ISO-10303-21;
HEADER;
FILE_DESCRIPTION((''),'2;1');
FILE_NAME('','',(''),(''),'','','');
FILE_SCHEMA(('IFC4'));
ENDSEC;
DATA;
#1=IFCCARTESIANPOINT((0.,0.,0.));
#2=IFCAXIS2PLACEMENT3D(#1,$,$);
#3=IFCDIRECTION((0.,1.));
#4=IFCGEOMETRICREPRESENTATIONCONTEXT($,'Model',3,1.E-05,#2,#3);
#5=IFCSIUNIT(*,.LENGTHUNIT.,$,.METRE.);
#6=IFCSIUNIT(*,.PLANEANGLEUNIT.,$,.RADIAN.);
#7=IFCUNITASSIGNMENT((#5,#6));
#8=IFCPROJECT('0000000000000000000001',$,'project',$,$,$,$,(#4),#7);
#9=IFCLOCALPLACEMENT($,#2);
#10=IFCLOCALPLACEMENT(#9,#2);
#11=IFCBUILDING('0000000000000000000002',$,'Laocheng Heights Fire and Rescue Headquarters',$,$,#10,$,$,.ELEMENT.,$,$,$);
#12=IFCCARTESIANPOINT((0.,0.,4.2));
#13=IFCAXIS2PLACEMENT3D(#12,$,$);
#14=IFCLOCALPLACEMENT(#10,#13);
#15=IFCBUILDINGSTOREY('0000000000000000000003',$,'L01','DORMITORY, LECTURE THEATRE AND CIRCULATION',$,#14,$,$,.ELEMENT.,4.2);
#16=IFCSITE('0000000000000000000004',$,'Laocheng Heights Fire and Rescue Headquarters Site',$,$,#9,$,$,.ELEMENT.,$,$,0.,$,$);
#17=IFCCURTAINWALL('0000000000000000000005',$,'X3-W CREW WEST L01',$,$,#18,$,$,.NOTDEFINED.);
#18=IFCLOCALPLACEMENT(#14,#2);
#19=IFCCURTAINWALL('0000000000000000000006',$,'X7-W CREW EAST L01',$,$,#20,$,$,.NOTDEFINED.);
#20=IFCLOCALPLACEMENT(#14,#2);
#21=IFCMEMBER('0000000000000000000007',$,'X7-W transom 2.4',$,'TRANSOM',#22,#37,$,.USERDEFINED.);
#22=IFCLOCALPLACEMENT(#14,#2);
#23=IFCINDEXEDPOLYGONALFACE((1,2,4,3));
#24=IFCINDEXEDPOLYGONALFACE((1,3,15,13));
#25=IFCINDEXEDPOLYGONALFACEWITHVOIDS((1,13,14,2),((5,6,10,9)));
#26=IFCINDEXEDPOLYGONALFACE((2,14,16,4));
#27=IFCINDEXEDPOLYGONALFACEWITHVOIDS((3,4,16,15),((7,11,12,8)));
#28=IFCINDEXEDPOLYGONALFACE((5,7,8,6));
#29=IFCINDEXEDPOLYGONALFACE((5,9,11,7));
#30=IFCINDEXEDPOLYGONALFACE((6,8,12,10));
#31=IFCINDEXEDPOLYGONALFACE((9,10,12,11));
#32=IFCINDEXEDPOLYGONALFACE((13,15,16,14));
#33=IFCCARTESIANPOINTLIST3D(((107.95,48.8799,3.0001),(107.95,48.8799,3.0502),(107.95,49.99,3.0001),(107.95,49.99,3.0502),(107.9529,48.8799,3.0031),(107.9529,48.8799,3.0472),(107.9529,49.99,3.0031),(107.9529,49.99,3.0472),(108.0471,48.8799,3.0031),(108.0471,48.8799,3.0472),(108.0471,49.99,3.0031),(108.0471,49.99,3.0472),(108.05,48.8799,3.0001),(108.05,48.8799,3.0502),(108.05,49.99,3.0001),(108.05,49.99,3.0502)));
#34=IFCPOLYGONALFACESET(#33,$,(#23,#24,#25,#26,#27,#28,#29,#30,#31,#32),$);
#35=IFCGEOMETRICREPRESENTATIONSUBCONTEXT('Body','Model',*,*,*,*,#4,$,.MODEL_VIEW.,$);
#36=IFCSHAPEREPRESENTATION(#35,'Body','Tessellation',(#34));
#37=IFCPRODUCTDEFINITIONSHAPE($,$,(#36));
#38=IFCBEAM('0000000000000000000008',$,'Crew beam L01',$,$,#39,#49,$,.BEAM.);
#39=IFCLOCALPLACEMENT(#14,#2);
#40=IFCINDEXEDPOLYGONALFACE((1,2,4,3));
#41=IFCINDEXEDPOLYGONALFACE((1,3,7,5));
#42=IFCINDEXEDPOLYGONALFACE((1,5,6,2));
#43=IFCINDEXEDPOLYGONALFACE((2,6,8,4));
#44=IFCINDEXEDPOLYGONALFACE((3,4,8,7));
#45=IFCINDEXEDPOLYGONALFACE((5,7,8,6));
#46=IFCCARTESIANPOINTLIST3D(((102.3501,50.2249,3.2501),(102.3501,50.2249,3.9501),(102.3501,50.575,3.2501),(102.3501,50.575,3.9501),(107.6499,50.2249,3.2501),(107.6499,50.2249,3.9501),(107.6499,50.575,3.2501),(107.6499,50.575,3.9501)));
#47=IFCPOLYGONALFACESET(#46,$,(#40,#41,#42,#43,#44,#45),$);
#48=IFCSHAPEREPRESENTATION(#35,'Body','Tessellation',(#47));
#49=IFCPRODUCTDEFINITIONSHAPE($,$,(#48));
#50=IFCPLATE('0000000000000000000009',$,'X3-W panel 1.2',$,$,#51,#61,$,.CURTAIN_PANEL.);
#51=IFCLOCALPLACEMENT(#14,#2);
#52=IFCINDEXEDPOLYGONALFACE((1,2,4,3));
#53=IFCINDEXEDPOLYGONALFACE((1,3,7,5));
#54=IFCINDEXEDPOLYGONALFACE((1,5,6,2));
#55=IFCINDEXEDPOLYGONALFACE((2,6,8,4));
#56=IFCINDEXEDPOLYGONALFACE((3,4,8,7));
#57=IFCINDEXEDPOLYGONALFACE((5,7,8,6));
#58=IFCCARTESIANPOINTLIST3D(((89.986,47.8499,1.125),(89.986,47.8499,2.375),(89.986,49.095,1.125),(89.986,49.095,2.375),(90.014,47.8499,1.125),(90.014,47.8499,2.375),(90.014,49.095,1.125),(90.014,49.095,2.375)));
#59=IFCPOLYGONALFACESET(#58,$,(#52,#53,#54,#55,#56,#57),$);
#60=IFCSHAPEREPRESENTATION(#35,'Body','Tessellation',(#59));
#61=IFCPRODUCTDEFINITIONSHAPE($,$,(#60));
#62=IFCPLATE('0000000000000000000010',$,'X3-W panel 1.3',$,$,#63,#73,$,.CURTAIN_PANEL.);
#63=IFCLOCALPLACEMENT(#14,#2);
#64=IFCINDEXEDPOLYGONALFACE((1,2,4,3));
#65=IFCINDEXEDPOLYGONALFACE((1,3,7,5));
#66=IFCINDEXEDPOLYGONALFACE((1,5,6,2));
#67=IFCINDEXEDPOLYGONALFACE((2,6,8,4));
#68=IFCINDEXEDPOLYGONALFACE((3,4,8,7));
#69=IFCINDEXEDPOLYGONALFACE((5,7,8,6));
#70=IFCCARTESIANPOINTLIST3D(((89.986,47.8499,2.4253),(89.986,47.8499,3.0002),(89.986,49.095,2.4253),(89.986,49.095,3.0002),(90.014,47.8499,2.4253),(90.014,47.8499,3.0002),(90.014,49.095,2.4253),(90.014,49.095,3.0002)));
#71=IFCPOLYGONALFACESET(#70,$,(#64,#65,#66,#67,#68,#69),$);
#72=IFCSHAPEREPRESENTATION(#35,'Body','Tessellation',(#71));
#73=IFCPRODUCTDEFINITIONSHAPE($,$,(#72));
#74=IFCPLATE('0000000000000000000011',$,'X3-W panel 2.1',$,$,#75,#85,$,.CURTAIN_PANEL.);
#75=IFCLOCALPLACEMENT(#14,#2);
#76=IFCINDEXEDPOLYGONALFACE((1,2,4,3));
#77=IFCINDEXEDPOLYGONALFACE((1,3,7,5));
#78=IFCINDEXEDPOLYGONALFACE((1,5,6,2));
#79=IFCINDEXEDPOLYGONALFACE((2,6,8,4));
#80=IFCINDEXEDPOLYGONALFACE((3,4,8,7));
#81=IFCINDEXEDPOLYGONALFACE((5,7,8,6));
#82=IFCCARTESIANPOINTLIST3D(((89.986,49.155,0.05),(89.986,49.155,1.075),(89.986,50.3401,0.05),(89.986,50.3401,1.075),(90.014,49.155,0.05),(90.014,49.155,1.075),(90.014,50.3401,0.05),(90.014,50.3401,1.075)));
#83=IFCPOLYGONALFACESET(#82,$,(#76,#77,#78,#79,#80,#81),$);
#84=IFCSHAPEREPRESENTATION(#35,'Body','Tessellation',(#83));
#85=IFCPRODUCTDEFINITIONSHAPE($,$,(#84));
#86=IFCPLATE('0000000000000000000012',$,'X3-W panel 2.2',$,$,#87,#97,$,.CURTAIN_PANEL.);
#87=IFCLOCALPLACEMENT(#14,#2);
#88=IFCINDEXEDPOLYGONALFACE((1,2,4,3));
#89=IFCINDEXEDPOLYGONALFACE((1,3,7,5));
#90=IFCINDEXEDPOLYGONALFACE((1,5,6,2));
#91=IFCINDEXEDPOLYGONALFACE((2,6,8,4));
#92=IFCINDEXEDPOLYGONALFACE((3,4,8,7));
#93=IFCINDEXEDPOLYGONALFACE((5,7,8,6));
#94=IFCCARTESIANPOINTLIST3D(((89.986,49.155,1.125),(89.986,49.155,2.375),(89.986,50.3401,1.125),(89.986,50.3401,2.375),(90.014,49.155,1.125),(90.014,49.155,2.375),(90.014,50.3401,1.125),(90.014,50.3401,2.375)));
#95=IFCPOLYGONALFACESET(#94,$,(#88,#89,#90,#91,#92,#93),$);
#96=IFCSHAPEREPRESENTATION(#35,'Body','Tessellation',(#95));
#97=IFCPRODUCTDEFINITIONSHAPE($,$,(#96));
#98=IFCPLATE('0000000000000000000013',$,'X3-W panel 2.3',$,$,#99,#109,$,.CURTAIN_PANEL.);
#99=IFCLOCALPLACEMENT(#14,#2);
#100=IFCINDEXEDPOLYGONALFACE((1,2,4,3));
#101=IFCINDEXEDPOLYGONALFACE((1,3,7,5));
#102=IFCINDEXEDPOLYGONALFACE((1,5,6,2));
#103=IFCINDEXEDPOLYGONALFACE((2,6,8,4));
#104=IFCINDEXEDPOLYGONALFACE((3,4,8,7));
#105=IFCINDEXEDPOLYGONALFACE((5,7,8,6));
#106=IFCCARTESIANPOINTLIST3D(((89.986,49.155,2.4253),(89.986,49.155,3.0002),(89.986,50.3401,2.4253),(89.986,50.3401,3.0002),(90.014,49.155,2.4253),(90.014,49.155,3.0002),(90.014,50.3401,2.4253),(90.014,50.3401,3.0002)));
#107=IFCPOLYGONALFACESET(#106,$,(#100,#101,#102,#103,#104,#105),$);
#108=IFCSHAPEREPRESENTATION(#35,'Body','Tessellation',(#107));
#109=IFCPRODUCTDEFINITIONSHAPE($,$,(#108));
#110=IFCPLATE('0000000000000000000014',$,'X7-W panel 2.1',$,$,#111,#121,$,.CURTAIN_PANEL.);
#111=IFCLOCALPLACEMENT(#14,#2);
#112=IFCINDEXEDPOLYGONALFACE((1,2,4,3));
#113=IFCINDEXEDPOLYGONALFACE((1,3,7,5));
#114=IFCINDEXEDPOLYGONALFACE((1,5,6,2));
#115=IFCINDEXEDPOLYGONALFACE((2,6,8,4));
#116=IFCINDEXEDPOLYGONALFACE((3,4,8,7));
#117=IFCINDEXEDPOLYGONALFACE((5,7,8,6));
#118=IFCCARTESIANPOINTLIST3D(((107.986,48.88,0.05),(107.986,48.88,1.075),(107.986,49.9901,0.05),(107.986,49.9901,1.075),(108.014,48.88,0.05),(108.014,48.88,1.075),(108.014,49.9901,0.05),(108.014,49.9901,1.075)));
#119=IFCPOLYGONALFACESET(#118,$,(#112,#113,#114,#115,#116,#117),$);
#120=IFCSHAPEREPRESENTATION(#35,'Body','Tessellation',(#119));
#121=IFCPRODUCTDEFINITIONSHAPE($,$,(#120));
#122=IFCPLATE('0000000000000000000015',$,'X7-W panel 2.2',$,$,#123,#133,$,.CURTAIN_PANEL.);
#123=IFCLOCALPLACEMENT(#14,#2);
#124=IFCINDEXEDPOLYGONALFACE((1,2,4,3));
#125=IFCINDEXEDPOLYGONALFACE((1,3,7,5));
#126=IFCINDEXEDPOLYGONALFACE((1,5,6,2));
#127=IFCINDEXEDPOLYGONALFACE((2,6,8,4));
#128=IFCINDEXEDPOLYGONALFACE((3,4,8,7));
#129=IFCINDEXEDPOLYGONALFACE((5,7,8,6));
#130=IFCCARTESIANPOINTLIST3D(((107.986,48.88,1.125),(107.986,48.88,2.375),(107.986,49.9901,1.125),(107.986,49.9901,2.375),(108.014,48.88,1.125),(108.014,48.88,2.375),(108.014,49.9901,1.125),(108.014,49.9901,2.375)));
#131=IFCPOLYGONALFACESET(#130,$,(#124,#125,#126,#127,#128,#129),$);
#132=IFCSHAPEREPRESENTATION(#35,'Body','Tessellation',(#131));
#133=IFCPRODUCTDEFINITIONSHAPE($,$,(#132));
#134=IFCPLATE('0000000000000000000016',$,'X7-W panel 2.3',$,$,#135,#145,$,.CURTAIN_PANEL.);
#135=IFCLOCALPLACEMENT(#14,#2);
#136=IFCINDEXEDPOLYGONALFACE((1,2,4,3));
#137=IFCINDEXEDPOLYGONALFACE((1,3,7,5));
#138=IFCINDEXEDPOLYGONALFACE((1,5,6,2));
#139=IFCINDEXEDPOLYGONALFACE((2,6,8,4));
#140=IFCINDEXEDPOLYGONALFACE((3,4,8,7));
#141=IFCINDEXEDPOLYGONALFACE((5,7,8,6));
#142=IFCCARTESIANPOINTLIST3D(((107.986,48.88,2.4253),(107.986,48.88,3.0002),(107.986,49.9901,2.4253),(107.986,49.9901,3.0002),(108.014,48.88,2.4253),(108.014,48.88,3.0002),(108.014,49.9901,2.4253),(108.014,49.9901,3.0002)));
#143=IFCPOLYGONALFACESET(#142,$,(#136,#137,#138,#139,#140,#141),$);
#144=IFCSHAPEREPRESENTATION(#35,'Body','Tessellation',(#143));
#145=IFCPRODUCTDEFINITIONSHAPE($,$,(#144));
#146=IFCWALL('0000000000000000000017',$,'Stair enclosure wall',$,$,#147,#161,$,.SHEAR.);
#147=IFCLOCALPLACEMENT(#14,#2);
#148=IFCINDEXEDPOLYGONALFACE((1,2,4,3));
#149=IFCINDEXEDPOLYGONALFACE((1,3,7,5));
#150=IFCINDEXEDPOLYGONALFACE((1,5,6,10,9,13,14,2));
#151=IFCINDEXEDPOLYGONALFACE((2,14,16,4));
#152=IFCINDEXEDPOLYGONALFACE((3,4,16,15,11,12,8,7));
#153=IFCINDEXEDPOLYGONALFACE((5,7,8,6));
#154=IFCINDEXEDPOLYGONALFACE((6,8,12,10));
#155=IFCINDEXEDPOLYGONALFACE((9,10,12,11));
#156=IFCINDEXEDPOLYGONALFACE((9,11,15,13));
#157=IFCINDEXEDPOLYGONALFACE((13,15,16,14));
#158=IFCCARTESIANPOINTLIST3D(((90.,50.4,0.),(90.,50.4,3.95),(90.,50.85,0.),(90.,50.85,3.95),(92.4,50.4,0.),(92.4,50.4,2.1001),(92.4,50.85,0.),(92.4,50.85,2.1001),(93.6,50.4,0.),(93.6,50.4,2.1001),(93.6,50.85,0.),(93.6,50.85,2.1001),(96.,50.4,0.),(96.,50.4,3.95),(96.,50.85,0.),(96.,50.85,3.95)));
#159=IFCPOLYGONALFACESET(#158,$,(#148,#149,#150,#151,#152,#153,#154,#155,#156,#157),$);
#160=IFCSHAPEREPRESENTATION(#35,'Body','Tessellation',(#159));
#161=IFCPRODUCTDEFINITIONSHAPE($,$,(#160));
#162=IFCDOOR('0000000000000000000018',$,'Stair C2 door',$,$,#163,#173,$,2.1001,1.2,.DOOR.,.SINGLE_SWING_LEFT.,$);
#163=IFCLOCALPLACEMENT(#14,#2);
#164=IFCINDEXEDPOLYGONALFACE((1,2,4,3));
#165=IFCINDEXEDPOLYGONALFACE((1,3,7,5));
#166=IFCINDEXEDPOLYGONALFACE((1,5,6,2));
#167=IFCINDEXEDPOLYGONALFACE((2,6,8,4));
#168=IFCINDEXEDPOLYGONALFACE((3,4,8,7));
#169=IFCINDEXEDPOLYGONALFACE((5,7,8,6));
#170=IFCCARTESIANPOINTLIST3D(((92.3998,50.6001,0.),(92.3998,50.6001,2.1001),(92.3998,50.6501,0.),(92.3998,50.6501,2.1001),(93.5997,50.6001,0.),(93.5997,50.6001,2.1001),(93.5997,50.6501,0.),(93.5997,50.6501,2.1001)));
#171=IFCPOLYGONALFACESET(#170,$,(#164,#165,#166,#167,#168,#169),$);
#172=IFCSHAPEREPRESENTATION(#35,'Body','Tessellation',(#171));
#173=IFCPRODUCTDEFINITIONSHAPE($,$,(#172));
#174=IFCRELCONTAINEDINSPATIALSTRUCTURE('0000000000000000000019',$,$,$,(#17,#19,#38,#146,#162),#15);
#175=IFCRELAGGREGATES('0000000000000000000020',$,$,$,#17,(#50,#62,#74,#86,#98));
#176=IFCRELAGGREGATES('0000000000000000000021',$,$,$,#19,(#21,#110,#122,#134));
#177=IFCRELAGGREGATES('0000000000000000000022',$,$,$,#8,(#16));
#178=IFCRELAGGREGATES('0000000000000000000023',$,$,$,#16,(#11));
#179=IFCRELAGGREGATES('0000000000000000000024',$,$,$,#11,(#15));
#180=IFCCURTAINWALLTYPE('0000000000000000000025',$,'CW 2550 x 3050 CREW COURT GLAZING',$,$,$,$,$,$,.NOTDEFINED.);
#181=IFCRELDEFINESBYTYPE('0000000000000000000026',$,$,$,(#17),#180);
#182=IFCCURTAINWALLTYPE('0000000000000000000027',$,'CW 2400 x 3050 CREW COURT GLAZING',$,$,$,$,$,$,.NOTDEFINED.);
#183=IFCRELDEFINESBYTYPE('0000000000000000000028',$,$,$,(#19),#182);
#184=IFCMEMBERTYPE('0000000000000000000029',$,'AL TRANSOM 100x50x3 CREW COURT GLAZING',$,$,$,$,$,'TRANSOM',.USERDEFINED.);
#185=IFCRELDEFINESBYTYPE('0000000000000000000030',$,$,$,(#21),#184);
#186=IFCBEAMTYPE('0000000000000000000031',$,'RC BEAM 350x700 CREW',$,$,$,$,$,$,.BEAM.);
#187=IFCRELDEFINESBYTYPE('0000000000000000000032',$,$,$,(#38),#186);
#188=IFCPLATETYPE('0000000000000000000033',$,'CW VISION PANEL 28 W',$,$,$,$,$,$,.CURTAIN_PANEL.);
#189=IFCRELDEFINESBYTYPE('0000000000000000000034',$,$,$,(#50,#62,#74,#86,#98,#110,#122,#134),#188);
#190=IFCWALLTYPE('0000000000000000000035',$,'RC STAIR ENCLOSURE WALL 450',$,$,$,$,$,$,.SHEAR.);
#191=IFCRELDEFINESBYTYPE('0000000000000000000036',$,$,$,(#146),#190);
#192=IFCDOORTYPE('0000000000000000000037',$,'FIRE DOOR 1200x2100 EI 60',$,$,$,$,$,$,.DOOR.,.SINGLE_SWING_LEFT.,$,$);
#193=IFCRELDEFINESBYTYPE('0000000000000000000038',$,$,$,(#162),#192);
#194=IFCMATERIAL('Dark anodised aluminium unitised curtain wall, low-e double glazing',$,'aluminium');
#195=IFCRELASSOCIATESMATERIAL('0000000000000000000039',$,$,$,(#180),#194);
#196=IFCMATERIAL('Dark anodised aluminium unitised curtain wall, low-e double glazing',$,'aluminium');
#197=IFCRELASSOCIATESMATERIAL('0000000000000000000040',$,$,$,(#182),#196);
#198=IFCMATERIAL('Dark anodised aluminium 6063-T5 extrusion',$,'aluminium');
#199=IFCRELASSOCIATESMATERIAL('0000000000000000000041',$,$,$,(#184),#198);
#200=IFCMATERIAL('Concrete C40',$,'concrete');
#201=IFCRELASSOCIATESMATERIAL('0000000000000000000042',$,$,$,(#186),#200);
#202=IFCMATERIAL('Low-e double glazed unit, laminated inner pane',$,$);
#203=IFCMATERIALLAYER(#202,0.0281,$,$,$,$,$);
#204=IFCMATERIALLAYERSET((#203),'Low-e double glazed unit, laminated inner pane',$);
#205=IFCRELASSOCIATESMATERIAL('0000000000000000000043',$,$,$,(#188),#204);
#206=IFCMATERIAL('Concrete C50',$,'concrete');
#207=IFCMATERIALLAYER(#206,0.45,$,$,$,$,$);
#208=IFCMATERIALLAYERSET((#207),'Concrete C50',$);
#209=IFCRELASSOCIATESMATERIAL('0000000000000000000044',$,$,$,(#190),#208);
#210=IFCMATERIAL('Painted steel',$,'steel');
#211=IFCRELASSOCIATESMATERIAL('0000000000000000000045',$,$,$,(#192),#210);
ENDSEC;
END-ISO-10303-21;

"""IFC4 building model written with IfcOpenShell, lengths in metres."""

from ifc_helpers import new_model, si_unit, direction, frame, frame_2d, origin, origin_2d, place, context, subcontext, project, spatial, rectangle, hollow_rectangle, extrude, material, layer, layer_set, material_profile, profile_set, type_object, element, fill, aggregate, save


model = new_model("IFC4")

# Units and contexts
model_context = context("Model", 3, precision=1e-05, world=origin(), true_north=direction((0.0, 1.0)))
body_context = subcontext(model_context, "Body", "Model", "MODEL_VIEW")
ifc_project = project(units=[si_unit("LENGTHUNIT", "METRE"), si_unit("PLANEANGLEUNIT", "RADIAN")], contexts=[model_context])

# Site, building, storey
site_placement = place(None, origin())
site = spatial("IfcSite", under=ifc_project, at=site_placement, Name="Laocheng Heights Fire and Rescue Headquarters Site", CompositionType="ELEMENT", RefElevation=0.0)
building_placement = place(site_placement, origin())
building = spatial("IfcBuilding", under=site, at=building_placement, Name="Laocheng Heights Fire and Rescue Headquarters", CompositionType="ELEMENT")
storey_placement = place(building_placement, frame((0.0, 0.0, 4.2)))
storey = spatial("IfcBuildingStorey", under=building, at=storey_placement, Name="L01", Description="DORMITORY, LECTURE THEATRE AND CIRCULATION", CompositionType="ELEMENT", Elevation=4.2)

# Curtain wall
ifc_material_1 = material(Name="Dark anodised aluminium unitised curtain wall, low-e double glazing", Category="aluminium")
curtain_wall_type_1 = type_object("IfcCurtainWallType", Name="CW 2550 x 3050 CREW COURT GLAZING", PredefinedType="NOTDEFINED", material=ifc_material_1)
curtain_wall_1_placement = place(storey_placement, origin())
curtain_wall_1 = element("IfcCurtainWall", 1, at=curtain_wall_1_placement, inside=storey, type_object=curtain_wall_type_1, Name="X3-W CREW WEST L01", PredefinedType="NOTDEFINED")

# Curtain wall
ifc_material_2 = material(Name="Dark anodised aluminium unitised curtain wall, low-e double glazing", Category="aluminium")
curtain_wall_type_2 = type_object("IfcCurtainWallType", Name="CW 2400 x 3050 CREW COURT GLAZING", PredefinedType="NOTDEFINED", material=ifc_material_2)
curtain_wall_2_placement = place(storey_placement, origin())
curtain_wall_2 = element("IfcCurtainWall", 2, at=curtain_wall_2_placement, inside=storey, type_object=curtain_wall_type_2, Name="X7-W CREW EAST L01", PredefinedType="NOTDEFINED")

# Member
ifc_material_3 = material(Name="Dark anodised aluminium 6063-T5 extrusion", Category="aluminium")
ifc_material_profile_1 = material_profile(ifc_material_3, hollow_rectangle(XDim=0.1001, YDim=0.05, WallThickness=0.0029, at=origin_2d()), Name="AL TRANSOM 100x50x3 CREW COURT GLAZING")
ifc_profile_set_1 = profile_set([ifc_material_profile_1], Name="Dark anodised aluminium 6063-T5 extrusion")
member_type_1 = type_object("IfcMemberType", Name="AL TRANSOM 100x50x3 CREW COURT GLAZING", ElementType="TRANSOM", PredefinedType="USERDEFINED", material=ifc_profile_set_1)
member_1_placement = place(storey_placement, frame((108.0, 48.8799, 3.0251), z_axis=(0.0, 1.0, 0.0), x_axis=(-1.0, 0.0, 0.0)))
member_1 = element("IfcMember", 3, at=member_1_placement, type_object=member_type_1, Name="X7-W transom 2.4", ObjectType="TRANSOM", PredefinedType="USERDEFINED", context=body_context, shape_type="SweptSolid", body=[
    extrude(hollow_rectangle(XDim=0.1001, YDim=0.05, WallThickness=0.0029, at=origin_2d()), origin(), (0.0, 0.0, 1.0), 1.1101),
])

# Beam
ifc_material_4 = material(Name="Concrete C40", Category="concrete")
ifc_material_profile_2 = material_profile(ifc_material_4, rectangle(XDim=0.3501, YDim=0.7, at=origin_2d()), Name="RC BEAM 350x700 CREW")
ifc_profile_set_2 = profile_set([ifc_material_profile_2], Name="Concrete C40")
beam_type = type_object("IfcBeamType", Name="RC BEAM 350x700 CREW", PredefinedType="BEAM", material=ifc_profile_set_2)
beam_placement = place(storey_placement, frame((102.3501, 50.3999, 3.6001), z_axis=(1.0, 0.0, 0.0), x_axis=(0.0, 1.0, 0.0)))
element("IfcBeam", 4, at=beam_placement, inside=storey, type_object=beam_type, Name="Crew beam L01", PredefinedType="BEAM", context=body_context, shape_type="SweptSolid", body=[
    extrude(rectangle(XDim=0.3501, YDim=0.7, at=origin_2d()), origin(), (0.0, 0.0, 1.0), 5.2998),
])

# Plates
ifc_material_5 = material(Name="Low-e double glazed unit, laminated inner pane")
ifc_layer_1 = layer(ifc_material_5, 0.0281)
ifc_layer_set_1 = layer_set([ifc_layer_1], Name="Low-e double glazed unit, laminated inner pane")
plate_type = type_object("IfcPlateType", Name="CW VISION PANEL 28 W", PredefinedType="CURTAIN_PANEL", material=ifc_layer_set_1)
plate_1_placement = place(storey_placement, frame((90.0, 48.4724, 1.125), z_axis=(0.0, 0.0, 1.0), x_axis=(0.0, 1.0, 0.0)))
plate_1 = element("IfcPlate", 5, at=plate_1_placement, type_object=plate_type, Name="X3-W panel 1.2", PredefinedType="CURTAIN_PANEL", context=body_context, shape_type="SweptSolid", body=[
    extrude(rectangle(XDim=1.2451, YDim=0.0281, at=origin_2d()), origin(), (0.0, 0.0, 1.0), 1.25),
])
plate_2_placement = place(storey_placement, frame((90.0, 48.4724, 2.4253), z_axis=(0.0, 0.0, 1.0), x_axis=(0.0, 1.0, 0.0)))
plate_2 = element("IfcPlate", 6, at=plate_2_placement, type_object=plate_type, Name="X3-W panel 1.3", PredefinedType="CURTAIN_PANEL", context=body_context, shape_type="SweptSolid", body=[
    extrude(rectangle(XDim=1.2451, YDim=0.0281, at=origin_2d()), origin(), (0.0, 0.0, 1.0), 0.575),
])
plate_3_placement = place(storey_placement, frame((90.0, 49.7476, 0.05), z_axis=(0.0, 0.0, 1.0), x_axis=(0.0, 1.0, 0.0)))
plate_3 = element("IfcPlate", 7, at=plate_3_placement, type_object=plate_type, Name="X3-W panel 2.1", PredefinedType="CURTAIN_PANEL", context=body_context, shape_type="SweptSolid", body=[
    extrude(rectangle(XDim=1.1851, YDim=0.0281, at=origin_2d()), origin(), (0.0, 0.0, 1.0), 1.0249),
])
plate_4_placement = place(storey_placement, frame((90.0, 49.7476, 1.125), z_axis=(0.0, 0.0, 1.0), x_axis=(0.0, 1.0, 0.0)))
plate_4 = element("IfcPlate", 8, at=plate_4_placement, type_object=plate_type, Name="X3-W panel 2.2", PredefinedType="CURTAIN_PANEL", context=body_context, shape_type="SweptSolid", body=[
    extrude(rectangle(XDim=1.1851, YDim=0.0281, at=origin_2d()), origin(), (0.0, 0.0, 1.0), 1.25),
])
plate_5_placement = place(storey_placement, frame((90.0, 49.7476, 2.4253), z_axis=(0.0, 0.0, 1.0), x_axis=(0.0, 1.0, 0.0)))
plate_5 = element("IfcPlate", 9, at=plate_5_placement, type_object=plate_type, Name="X3-W panel 2.3", PredefinedType="CURTAIN_PANEL", context=body_context, shape_type="SweptSolid", body=[
    extrude(rectangle(XDim=1.1851, YDim=0.0281, at=origin_2d()), origin(), (0.0, 0.0, 1.0), 0.575),
])
aggregate(curtain_wall_1, [plate_1, plate_2, plate_3, plate_4, plate_5])
plate_6_placement = place(storey_placement, frame((108.0, 49.4351, 0.05), z_axis=(0.0, 0.0, 1.0), x_axis=(0.0, 1.0, 0.0)))
plate_6 = element("IfcPlate", 10, at=plate_6_placement, type_object=plate_type, Name="X7-W panel 2.1", PredefinedType="CURTAIN_PANEL", context=body_context, shape_type="SweptSolid", body=[
    extrude(rectangle(XDim=1.1101, YDim=0.0281, at=origin_2d()), origin(), (0.0, 0.0, 1.0), 1.0249),
])
plate_7_placement = place(storey_placement, frame((108.0, 49.4351, 1.125), z_axis=(0.0, 0.0, 1.0), x_axis=(0.0, 1.0, 0.0)))
plate_7 = element("IfcPlate", 11, at=plate_7_placement, type_object=plate_type, Name="X7-W panel 2.2", PredefinedType="CURTAIN_PANEL", context=body_context, shape_type="SweptSolid", body=[
    extrude(rectangle(XDim=1.1101, YDim=0.0281, at=origin_2d()), origin(), (0.0, 0.0, 1.0), 1.25),
])
plate_8_placement = place(storey_placement, frame((108.0, 49.4351, 2.4253), z_axis=(0.0, 0.0, 1.0), x_axis=(0.0, 1.0, 0.0)))
plate_8 = element("IfcPlate", 12, at=plate_8_placement, type_object=plate_type, Name="X7-W panel 2.3", PredefinedType="CURTAIN_PANEL", context=body_context, shape_type="SweptSolid", body=[
    extrude(rectangle(XDim=1.1101, YDim=0.0281, at=origin_2d()), origin(), (0.0, 0.0, 1.0), 0.575),
])
aggregate(curtain_wall_2, [member_1, plate_6, plate_7, plate_8])

# Wall, opening, door
ifc_material_6 = material(Name="Concrete C50", Category="concrete")
ifc_layer_2 = layer(ifc_material_6, 0.45)
ifc_layer_set_2 = layer_set([ifc_layer_2], Name="Concrete C50")
wall_type = type_object("IfcWallType", Name="RC STAIR ENCLOSURE WALL 450", PredefinedType="SHEAR", material=ifc_layer_set_2)
wall_placement = place(storey_placement, frame((90.0, 50.625, 0.0), z_axis=(0.0, 0.0, 1.0), x_axis=(1.0, 0.0, 0.0)))
wall = element("IfcWall", 13, at=wall_placement, inside=storey, type_object=wall_type, Name="Stair enclosure wall", PredefinedType="SHEAR", context=body_context, shape_type="SweptSolid", body=[
    extrude(rectangle(XDim=6.0, YDim=0.45, at=frame_2d((3.0, 0.0))), origin(), (0.0, 0.0, 1.0), 3.95),
])
opening_placement = place(wall_placement, frame((2.3999, 0.0, 0.0)))
opening = element("IfcOpeningElement", 14, at=opening_placement, cuts=wall, PredefinedType="OPENING", context=body_context, shape_type="SweptSolid", body=[
    extrude(rectangle(XDim=1.2, YDim=2.1001, at=frame_2d((0.6001, 1.05))), frame((0.0, 0.2349, 0.0), z_axis=(0.0, -1.0, 0.0), x_axis=(1.0, 0.0, 0.0)), (0.0, 0.0, 1.0), 0.47),
])
ifc_material_7 = material(Name="Painted steel", Category="steel")
door_type = type_object("IfcDoorType", Name="FIRE DOOR 1200x2100 EI 60", OperationType="SINGLE_SWING_LEFT", PredefinedType="DOOR", material=ifc_material_7)
door_placement = place(opening_placement, frame((1.2, 0.0, 0.0), z_axis=(0.0, 0.0, 1.0), x_axis=(-1.0, 0.0, 0.0)))
door = element("IfcDoor", 15, at=door_placement, inside=storey, type_object=door_type, Name="Stair C2 door", OperationType="SINGLE_SWING_LEFT", OverallHeight=2.1001, OverallWidth=1.2, PredefinedType="DOOR", context=body_context, shape_type="SweptSolid", body=[
    extrude(rectangle(XDim=1.2, YDim=2.1001, at=frame_2d((0.6001, 1.05))), frame((0.0, 0.0249, 0.0), z_axis=(0.0, -1.0, 0.0), x_axis=(1.0, 0.0, 0.0)), (0.0, 0.0, 1.0), 0.05),
])
fill(opening, door)

save(model, "model.ifc")
